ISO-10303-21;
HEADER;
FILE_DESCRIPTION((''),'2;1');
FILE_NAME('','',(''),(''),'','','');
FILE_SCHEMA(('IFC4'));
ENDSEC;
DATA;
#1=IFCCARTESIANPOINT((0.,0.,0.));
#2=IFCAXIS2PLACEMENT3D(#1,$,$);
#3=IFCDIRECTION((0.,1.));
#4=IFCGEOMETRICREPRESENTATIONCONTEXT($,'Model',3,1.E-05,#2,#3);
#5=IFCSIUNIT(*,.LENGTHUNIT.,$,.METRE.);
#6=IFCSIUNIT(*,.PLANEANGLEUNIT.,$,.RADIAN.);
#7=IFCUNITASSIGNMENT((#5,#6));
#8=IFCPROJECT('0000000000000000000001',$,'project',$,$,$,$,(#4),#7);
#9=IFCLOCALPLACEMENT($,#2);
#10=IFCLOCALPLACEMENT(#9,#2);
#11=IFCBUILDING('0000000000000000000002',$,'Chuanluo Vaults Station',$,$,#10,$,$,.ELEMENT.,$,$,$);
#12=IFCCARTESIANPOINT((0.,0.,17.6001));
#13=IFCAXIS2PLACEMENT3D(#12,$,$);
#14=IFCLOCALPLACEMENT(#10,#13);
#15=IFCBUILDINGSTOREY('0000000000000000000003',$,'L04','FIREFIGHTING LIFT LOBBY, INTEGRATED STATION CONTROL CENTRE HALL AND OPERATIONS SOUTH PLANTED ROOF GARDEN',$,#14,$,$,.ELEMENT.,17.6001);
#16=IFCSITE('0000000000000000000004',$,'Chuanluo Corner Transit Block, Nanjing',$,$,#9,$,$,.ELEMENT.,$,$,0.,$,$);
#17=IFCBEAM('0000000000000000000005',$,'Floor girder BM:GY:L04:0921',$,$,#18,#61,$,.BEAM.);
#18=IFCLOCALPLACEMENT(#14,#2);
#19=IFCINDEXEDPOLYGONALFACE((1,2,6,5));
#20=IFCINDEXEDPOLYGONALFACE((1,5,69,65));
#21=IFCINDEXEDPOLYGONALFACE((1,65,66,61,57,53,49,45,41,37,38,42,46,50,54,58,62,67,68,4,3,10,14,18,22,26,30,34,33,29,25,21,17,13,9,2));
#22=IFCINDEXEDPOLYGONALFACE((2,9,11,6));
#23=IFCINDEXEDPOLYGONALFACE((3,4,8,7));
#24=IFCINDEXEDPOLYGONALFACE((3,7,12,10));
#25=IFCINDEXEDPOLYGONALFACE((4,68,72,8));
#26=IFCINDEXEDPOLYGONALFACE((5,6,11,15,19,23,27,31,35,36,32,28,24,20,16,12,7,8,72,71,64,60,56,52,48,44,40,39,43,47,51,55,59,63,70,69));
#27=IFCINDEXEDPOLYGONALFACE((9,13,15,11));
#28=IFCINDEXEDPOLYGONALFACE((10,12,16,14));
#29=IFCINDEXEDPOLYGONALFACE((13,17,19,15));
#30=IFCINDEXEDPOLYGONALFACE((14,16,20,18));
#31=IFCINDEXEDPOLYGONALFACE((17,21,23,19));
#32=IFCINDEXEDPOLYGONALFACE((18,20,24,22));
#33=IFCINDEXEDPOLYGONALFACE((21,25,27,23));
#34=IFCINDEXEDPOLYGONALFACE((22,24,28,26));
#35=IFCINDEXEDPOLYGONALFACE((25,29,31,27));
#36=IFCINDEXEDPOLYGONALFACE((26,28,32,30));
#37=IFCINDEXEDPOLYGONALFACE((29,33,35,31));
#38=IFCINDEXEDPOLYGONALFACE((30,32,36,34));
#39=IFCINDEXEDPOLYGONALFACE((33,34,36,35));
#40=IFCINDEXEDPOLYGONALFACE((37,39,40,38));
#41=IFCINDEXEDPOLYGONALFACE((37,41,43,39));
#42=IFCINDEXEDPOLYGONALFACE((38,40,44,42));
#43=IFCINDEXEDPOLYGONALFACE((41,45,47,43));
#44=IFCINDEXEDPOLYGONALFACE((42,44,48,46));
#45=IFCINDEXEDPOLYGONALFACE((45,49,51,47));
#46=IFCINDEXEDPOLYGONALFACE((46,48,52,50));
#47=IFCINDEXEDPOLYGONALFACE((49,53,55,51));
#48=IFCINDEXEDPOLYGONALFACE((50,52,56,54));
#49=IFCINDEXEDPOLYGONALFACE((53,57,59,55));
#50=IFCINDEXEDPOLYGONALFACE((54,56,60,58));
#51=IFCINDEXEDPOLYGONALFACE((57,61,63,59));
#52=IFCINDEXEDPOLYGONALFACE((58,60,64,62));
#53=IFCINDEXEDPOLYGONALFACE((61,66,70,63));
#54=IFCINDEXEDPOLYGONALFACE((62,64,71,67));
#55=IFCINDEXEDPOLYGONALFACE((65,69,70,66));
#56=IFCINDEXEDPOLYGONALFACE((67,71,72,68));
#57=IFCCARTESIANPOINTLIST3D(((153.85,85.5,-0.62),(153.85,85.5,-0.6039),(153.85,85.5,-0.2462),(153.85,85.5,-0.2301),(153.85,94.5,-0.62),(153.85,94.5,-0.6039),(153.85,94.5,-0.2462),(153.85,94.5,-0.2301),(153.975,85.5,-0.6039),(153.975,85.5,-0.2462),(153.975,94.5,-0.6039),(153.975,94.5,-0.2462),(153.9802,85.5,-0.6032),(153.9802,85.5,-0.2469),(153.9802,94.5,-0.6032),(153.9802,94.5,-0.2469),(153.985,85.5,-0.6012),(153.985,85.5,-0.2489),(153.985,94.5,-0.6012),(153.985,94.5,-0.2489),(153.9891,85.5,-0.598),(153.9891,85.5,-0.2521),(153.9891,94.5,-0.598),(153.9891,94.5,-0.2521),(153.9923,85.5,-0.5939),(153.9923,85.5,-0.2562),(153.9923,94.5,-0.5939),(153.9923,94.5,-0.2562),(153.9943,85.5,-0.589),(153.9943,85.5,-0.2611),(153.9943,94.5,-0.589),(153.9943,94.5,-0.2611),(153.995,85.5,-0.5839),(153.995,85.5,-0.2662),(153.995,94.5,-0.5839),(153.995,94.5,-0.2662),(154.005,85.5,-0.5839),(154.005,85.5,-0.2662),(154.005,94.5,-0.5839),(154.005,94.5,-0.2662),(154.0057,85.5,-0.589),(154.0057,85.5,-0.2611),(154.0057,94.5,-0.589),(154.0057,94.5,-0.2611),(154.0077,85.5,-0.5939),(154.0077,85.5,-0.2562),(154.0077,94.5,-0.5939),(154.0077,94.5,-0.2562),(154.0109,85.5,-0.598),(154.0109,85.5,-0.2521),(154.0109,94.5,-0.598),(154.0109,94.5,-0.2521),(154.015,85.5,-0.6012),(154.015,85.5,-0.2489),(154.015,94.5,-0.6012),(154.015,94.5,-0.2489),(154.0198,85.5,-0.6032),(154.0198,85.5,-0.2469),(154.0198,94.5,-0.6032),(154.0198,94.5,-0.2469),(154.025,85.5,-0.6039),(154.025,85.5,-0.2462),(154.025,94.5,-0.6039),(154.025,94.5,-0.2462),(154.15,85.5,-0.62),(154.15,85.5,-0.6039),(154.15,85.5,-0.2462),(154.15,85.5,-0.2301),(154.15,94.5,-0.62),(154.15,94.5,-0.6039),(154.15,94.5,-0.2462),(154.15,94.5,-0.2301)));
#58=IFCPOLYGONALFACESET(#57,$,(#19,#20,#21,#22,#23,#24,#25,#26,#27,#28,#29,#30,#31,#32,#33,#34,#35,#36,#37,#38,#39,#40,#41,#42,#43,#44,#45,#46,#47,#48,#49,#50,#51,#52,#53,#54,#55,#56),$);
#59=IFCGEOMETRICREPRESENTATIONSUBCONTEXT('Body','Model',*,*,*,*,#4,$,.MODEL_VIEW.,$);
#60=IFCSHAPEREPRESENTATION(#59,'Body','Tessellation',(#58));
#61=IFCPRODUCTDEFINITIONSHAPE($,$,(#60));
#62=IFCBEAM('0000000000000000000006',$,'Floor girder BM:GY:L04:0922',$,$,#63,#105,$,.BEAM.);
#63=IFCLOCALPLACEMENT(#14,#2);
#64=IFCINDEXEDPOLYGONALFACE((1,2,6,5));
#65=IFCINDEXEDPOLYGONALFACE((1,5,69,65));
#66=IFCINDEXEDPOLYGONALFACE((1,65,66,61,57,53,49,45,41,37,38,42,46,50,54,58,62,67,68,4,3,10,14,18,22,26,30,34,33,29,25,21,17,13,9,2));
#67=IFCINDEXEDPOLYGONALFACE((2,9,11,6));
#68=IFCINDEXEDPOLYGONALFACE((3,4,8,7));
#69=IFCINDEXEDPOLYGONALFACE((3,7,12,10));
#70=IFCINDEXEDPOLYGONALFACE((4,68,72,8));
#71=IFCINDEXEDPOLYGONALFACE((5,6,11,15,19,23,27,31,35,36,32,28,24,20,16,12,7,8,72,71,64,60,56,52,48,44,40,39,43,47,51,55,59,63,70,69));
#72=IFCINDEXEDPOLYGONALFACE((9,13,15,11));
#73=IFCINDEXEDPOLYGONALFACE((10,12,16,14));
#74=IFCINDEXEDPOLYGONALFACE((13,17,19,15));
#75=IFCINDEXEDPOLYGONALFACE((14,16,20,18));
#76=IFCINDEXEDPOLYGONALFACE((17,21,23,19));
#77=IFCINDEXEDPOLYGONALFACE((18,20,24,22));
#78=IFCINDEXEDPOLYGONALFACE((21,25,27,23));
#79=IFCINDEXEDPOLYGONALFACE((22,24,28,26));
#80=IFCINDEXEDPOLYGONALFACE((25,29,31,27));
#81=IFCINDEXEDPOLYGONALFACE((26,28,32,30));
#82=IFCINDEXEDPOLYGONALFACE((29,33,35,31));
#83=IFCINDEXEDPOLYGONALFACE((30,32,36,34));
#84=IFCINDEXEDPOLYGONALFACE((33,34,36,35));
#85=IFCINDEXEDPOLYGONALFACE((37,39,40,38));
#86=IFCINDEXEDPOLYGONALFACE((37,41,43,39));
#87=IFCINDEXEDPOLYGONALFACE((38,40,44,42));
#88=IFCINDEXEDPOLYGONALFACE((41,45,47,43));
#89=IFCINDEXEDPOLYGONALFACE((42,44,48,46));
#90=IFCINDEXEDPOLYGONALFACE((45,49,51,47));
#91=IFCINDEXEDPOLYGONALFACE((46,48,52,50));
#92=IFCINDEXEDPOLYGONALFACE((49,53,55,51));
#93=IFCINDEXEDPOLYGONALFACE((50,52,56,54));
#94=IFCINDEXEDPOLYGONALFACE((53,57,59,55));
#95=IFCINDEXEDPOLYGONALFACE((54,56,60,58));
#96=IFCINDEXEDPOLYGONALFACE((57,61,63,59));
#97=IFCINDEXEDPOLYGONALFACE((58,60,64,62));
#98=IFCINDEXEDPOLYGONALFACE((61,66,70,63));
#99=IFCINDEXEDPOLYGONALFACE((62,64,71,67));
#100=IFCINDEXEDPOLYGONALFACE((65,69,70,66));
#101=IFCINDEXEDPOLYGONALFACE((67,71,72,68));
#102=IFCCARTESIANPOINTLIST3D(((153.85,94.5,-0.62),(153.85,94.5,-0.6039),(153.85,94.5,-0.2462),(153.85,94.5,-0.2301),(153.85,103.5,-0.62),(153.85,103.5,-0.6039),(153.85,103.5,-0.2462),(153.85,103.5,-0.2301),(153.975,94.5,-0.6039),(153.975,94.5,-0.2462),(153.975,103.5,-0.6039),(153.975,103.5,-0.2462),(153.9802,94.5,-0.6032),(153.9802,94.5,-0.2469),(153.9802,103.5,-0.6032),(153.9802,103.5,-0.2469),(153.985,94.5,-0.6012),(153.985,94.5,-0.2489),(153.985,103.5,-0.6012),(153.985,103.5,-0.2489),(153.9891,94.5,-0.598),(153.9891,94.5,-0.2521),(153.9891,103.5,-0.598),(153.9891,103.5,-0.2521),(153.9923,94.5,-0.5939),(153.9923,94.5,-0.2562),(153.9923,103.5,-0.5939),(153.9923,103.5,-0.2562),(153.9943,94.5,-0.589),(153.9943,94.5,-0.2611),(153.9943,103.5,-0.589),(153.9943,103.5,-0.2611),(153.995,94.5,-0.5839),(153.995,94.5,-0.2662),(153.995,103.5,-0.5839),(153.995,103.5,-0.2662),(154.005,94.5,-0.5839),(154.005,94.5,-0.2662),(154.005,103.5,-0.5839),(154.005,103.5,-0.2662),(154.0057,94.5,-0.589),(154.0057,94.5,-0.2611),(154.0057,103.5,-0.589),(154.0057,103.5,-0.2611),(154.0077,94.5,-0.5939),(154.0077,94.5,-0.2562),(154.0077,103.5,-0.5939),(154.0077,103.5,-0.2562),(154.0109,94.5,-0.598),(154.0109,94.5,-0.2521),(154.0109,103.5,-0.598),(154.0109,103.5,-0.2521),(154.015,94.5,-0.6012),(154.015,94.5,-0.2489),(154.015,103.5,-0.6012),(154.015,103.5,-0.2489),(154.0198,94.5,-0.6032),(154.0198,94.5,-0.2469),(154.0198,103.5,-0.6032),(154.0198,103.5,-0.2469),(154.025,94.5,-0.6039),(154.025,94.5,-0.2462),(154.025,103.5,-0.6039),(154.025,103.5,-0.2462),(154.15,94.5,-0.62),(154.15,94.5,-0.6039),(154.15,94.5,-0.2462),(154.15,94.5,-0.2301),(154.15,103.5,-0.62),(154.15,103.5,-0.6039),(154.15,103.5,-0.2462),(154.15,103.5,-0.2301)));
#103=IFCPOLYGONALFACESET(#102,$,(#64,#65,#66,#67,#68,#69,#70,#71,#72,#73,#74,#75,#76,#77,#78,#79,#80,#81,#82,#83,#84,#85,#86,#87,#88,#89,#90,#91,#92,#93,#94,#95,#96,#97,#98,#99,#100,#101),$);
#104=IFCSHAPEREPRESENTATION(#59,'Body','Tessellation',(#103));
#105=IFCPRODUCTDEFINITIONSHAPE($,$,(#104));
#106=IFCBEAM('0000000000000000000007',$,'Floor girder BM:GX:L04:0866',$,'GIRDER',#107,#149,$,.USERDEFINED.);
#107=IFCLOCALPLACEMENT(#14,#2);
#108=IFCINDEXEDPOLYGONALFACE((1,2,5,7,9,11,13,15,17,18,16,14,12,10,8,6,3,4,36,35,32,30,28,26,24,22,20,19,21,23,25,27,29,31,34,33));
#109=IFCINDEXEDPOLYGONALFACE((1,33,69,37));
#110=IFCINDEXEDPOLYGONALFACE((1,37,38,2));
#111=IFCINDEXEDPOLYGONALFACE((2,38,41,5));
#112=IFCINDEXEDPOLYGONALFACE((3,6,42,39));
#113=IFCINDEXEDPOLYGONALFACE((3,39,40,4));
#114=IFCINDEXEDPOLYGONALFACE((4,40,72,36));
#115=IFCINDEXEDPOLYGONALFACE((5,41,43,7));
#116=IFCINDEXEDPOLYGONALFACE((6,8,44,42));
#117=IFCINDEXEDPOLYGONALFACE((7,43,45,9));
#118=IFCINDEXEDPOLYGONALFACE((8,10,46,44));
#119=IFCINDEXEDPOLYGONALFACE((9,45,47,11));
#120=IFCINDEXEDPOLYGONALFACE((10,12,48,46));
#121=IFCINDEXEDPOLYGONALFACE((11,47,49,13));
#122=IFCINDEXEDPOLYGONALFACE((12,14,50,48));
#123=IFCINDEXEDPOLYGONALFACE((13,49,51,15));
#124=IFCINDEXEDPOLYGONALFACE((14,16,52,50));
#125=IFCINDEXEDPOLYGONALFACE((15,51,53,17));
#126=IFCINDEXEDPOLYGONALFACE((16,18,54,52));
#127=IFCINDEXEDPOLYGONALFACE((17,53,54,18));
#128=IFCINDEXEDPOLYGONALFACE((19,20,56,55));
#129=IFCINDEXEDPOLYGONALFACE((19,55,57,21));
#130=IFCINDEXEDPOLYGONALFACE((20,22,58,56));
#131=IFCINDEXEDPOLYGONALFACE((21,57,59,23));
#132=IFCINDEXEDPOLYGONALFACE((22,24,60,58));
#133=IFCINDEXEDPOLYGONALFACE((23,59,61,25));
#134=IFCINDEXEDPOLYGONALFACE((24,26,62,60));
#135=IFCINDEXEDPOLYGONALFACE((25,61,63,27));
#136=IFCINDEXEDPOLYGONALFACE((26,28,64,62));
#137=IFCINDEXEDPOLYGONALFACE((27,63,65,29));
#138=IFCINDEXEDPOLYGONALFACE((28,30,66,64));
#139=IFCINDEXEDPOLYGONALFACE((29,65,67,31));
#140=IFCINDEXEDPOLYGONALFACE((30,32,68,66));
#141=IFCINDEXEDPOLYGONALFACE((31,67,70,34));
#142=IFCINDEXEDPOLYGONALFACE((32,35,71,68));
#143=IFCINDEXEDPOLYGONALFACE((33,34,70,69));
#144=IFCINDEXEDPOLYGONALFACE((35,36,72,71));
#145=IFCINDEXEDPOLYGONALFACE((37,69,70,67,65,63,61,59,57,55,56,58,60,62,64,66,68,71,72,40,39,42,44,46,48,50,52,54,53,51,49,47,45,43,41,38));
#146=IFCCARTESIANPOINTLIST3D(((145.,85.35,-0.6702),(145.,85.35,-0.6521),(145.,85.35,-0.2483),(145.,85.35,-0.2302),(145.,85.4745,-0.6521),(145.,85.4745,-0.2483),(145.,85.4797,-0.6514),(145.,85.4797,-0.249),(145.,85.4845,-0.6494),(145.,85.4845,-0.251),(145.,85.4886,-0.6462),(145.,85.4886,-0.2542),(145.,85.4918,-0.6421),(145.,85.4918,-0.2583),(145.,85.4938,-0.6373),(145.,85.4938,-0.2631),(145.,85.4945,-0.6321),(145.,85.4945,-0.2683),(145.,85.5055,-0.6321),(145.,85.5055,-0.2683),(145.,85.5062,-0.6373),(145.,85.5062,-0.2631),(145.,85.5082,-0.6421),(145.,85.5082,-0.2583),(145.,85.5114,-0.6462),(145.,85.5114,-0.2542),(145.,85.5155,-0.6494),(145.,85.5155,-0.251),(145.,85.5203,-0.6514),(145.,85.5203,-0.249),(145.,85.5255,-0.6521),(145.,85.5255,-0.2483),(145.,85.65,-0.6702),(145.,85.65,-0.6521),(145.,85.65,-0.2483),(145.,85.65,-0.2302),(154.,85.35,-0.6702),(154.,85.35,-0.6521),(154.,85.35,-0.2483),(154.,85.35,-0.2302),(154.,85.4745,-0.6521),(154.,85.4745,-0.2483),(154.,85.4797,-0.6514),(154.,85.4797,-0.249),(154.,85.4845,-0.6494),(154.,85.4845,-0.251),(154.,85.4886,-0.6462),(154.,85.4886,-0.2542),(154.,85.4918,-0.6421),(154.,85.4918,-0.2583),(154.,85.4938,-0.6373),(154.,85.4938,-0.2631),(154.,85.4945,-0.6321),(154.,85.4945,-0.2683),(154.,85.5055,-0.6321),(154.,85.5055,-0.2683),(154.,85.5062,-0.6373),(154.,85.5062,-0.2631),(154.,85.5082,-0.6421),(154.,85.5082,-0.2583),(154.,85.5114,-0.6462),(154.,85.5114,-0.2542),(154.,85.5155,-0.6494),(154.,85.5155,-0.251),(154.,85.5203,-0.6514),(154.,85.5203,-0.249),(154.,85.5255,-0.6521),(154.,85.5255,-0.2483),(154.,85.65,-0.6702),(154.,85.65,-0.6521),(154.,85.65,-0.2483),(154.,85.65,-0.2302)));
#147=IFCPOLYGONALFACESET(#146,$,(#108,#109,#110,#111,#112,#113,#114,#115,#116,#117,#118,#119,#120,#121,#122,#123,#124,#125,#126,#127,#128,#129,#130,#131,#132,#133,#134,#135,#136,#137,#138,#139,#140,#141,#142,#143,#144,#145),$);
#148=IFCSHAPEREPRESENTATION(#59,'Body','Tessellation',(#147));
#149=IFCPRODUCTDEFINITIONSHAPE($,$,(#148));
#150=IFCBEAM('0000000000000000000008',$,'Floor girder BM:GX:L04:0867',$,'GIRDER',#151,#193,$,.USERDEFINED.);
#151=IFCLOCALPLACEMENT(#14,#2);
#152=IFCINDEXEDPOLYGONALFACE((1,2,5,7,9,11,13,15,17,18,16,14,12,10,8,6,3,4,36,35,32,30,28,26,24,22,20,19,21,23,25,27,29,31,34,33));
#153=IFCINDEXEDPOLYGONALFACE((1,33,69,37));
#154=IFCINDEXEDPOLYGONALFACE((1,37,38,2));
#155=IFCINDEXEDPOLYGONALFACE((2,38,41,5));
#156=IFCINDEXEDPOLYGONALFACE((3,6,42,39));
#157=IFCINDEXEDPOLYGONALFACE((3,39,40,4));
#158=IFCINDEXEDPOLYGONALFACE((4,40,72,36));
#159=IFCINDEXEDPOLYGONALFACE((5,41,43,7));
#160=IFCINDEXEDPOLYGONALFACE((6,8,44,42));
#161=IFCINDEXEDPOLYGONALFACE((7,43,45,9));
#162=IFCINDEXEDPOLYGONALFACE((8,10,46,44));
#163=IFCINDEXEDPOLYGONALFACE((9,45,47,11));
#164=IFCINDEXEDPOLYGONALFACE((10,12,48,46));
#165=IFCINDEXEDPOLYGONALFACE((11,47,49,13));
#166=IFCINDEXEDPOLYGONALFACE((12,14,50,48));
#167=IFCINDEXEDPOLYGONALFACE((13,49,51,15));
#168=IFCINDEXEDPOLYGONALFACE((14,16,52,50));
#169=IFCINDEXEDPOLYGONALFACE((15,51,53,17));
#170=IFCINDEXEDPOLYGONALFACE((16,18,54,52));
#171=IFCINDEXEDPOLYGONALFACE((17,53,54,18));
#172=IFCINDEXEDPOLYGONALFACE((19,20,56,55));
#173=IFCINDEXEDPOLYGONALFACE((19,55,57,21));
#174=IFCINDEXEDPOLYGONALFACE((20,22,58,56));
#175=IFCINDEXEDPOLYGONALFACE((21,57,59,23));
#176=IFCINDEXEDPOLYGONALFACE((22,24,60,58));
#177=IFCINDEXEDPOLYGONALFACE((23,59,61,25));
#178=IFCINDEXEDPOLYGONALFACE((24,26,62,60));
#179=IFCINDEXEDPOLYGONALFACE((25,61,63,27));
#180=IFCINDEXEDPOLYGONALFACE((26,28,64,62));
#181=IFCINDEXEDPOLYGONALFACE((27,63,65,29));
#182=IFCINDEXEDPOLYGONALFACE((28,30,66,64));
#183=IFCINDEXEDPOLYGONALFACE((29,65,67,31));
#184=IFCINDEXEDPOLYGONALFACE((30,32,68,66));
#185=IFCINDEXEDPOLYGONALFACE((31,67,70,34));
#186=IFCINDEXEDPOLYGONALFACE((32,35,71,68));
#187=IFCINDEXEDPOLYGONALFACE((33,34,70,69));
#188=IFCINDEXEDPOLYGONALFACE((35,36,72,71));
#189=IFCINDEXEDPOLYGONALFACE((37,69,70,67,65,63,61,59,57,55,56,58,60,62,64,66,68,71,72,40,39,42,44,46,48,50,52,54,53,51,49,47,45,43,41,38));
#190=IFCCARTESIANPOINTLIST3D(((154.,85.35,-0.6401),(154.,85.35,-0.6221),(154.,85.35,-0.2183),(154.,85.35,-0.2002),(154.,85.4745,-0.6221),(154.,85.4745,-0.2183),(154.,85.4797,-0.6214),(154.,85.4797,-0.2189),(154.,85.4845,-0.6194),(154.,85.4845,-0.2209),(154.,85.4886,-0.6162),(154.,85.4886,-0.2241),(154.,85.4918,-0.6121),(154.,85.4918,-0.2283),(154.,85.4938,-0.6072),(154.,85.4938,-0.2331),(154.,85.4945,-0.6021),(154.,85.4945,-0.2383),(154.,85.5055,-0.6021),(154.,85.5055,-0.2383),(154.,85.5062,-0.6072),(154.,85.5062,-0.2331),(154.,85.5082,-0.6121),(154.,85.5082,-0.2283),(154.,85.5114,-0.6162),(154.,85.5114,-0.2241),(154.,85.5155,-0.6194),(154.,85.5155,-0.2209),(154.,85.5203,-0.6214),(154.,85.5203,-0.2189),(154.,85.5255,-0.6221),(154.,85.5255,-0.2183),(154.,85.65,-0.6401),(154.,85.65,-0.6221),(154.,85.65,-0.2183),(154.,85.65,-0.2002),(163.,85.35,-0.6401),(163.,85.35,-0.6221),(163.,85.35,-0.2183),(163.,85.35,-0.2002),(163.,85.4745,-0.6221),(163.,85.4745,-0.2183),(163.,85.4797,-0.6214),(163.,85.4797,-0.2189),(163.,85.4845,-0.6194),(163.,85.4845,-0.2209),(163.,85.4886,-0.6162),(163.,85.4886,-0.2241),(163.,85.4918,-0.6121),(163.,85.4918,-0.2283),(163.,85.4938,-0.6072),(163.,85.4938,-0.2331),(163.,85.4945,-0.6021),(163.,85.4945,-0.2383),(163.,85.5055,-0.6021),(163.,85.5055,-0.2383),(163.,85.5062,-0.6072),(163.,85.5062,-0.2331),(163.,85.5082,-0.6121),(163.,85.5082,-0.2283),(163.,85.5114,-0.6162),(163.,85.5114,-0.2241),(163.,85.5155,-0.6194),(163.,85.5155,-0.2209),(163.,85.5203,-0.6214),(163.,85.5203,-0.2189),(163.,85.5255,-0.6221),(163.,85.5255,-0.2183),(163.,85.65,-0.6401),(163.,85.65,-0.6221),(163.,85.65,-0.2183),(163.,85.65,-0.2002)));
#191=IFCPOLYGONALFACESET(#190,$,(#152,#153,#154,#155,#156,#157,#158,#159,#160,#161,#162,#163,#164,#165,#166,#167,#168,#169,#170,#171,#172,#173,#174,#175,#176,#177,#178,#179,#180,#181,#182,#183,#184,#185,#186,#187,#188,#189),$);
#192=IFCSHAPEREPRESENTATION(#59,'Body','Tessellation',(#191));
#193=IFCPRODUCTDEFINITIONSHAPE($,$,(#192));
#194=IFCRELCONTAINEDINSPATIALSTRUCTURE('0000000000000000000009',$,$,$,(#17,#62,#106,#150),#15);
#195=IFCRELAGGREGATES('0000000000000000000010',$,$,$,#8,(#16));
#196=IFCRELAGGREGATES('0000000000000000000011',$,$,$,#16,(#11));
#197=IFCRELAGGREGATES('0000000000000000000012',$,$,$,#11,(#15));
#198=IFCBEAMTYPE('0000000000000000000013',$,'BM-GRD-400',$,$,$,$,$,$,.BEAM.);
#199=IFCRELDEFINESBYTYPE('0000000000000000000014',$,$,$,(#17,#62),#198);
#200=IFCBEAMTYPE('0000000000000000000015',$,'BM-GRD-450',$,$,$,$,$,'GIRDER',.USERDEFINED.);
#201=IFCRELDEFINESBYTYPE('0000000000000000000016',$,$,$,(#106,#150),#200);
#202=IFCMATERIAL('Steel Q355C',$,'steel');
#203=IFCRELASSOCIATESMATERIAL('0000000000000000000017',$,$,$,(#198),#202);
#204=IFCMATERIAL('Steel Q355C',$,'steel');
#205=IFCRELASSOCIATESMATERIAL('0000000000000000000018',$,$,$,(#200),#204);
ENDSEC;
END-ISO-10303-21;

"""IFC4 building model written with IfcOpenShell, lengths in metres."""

from ifc_helpers import new_model, si_unit, direction, frame, origin, origin_2d, place, context, subcontext, project, spatial, i_section, extrude, material, material_profile, profile_set, type_object, element, save


model = new_model("IFC4")

# Units and contexts
model_context = context("Model", 3, precision=1e-05, world=origin(), true_north=direction((0.0, 1.0)))
body_context = subcontext(model_context, "Body", "Model", "MODEL_VIEW")
ifc_project = project(units=[si_unit("LENGTHUNIT", "METRE"), si_unit("PLANEANGLEUNIT", "RADIAN")], contexts=[model_context])

# Site, building, storey
site_placement = place(None, origin())
site = spatial("IfcSite", under=ifc_project, at=site_placement, Name="Chuanluo Corner Transit Block, Nanjing", CompositionType="ELEMENT", RefElevation=0.0)
building_placement = place(site_placement, origin())
building = spatial("IfcBuilding", under=site, at=building_placement, Name="Chuanluo Vaults Station", CompositionType="ELEMENT")
storey_placement = place(building_placement, frame((0.0, 0.0, 17.6001)))
storey = spatial("IfcBuildingStorey", under=building, at=storey_placement, Name="L04", Description="FIREFIGHTING LIFT LOBBY, INTEGRATED STATION CONTROL CENTRE HALL AND OPERATIONS SOUTH PLANTED ROOF GARDEN", CompositionType="ELEMENT", Elevation=17.6001)

# Beams
ifc_material_1 = material(Name="Steel Q355C", Category="steel")
ifc_material_profile_1 = material_profile(ifc_material_1, i_section(OverallWidth=0.3, OverallDepth=0.3899, WebThickness=0.01, FlangeThickness=0.0161, FilletRadius=0.02, at=origin_2d()))
ifc_profile_set_1 = profile_set([ifc_material_profile_1], Name="Steel Q355C")
beam_type_1 = type_object("IfcBeamType", Name="BM-GRD-400", PredefinedType="BEAM", material=ifc_profile_set_1)
for number, where, z_axis, x_axis, name in (
    (1, (154.0, 85.5, -0.425), (0.0, 1.0, 0.0), (-1.0, 0.0, 0.0), "Floor girder BM:GY:L04:0921"),
    (2, (154.0, 94.5, -0.425), (0.0, 1.0, 0.0), (-1.0, 0.0, 0.0), "Floor girder BM:GY:L04:0922"),
):
    element("IfcBeam", number, at=place(storey_placement, frame(where, z_axis=z_axis, x_axis=x_axis)), inside=storey, type_object=beam_type_1, Name=name, PredefinedType="BEAM", context=body_context, shape_type="SweptSolid", body=[
        extrude(i_section(OverallWidth=0.3, OverallDepth=0.3899, WebThickness=0.01, FlangeThickness=0.0161, FilletRadius=0.02, at=origin_2d()), origin(), (0.0, 0.0, 1.0), 9.0),
    ])
ifc_material_2 = material(Name="Steel Q355C", Category="steel")
ifc_material_profile_2 = material_profile(ifc_material_2, i_section(OverallWidth=0.3, OverallDepth=0.4399, WebThickness=0.011, FlangeThickness=0.0181, FilletRadius=0.02, at=origin_2d()))
ifc_profile_set_2 = profile_set([ifc_material_profile_2], Name="Steel Q355C")
beam_type_2 = type_object("IfcBeamType", Name="BM-GRD-450", ElementType="GIRDER", PredefinedType="USERDEFINED", material=ifc_profile_set_2)
for number, where, z_axis, x_axis, name in (
    (3, (145.0, 85.5, -0.4502), (1.0, 0.0, 0.0), (0.0, 1.0, 0.0), "Floor girder BM:GX:L04:0866"),
    (4, (154.0, 85.5, -0.4202), (1.0, 0.0, 0.0), (0.0, 1.0, 0.0), "Floor girder BM:GX:L04:0867"),
):
    element("IfcBeam", number, at=place(storey_placement, frame(where, z_axis=z_axis, x_axis=x_axis)), inside=storey, type_object=beam_type_2, Name=name, ObjectType="GIRDER", PredefinedType="USERDEFINED", context=body_context, shape_type="SweptSolid", body=[
        extrude(i_section(OverallWidth=0.3, OverallDepth=0.4399, WebThickness=0.011, FlangeThickness=0.0181, FilletRadius=0.02, at=origin_2d()), origin(), (0.0, 0.0, 1.0), 9.0),
    ])

save(model, "model.ifc")
